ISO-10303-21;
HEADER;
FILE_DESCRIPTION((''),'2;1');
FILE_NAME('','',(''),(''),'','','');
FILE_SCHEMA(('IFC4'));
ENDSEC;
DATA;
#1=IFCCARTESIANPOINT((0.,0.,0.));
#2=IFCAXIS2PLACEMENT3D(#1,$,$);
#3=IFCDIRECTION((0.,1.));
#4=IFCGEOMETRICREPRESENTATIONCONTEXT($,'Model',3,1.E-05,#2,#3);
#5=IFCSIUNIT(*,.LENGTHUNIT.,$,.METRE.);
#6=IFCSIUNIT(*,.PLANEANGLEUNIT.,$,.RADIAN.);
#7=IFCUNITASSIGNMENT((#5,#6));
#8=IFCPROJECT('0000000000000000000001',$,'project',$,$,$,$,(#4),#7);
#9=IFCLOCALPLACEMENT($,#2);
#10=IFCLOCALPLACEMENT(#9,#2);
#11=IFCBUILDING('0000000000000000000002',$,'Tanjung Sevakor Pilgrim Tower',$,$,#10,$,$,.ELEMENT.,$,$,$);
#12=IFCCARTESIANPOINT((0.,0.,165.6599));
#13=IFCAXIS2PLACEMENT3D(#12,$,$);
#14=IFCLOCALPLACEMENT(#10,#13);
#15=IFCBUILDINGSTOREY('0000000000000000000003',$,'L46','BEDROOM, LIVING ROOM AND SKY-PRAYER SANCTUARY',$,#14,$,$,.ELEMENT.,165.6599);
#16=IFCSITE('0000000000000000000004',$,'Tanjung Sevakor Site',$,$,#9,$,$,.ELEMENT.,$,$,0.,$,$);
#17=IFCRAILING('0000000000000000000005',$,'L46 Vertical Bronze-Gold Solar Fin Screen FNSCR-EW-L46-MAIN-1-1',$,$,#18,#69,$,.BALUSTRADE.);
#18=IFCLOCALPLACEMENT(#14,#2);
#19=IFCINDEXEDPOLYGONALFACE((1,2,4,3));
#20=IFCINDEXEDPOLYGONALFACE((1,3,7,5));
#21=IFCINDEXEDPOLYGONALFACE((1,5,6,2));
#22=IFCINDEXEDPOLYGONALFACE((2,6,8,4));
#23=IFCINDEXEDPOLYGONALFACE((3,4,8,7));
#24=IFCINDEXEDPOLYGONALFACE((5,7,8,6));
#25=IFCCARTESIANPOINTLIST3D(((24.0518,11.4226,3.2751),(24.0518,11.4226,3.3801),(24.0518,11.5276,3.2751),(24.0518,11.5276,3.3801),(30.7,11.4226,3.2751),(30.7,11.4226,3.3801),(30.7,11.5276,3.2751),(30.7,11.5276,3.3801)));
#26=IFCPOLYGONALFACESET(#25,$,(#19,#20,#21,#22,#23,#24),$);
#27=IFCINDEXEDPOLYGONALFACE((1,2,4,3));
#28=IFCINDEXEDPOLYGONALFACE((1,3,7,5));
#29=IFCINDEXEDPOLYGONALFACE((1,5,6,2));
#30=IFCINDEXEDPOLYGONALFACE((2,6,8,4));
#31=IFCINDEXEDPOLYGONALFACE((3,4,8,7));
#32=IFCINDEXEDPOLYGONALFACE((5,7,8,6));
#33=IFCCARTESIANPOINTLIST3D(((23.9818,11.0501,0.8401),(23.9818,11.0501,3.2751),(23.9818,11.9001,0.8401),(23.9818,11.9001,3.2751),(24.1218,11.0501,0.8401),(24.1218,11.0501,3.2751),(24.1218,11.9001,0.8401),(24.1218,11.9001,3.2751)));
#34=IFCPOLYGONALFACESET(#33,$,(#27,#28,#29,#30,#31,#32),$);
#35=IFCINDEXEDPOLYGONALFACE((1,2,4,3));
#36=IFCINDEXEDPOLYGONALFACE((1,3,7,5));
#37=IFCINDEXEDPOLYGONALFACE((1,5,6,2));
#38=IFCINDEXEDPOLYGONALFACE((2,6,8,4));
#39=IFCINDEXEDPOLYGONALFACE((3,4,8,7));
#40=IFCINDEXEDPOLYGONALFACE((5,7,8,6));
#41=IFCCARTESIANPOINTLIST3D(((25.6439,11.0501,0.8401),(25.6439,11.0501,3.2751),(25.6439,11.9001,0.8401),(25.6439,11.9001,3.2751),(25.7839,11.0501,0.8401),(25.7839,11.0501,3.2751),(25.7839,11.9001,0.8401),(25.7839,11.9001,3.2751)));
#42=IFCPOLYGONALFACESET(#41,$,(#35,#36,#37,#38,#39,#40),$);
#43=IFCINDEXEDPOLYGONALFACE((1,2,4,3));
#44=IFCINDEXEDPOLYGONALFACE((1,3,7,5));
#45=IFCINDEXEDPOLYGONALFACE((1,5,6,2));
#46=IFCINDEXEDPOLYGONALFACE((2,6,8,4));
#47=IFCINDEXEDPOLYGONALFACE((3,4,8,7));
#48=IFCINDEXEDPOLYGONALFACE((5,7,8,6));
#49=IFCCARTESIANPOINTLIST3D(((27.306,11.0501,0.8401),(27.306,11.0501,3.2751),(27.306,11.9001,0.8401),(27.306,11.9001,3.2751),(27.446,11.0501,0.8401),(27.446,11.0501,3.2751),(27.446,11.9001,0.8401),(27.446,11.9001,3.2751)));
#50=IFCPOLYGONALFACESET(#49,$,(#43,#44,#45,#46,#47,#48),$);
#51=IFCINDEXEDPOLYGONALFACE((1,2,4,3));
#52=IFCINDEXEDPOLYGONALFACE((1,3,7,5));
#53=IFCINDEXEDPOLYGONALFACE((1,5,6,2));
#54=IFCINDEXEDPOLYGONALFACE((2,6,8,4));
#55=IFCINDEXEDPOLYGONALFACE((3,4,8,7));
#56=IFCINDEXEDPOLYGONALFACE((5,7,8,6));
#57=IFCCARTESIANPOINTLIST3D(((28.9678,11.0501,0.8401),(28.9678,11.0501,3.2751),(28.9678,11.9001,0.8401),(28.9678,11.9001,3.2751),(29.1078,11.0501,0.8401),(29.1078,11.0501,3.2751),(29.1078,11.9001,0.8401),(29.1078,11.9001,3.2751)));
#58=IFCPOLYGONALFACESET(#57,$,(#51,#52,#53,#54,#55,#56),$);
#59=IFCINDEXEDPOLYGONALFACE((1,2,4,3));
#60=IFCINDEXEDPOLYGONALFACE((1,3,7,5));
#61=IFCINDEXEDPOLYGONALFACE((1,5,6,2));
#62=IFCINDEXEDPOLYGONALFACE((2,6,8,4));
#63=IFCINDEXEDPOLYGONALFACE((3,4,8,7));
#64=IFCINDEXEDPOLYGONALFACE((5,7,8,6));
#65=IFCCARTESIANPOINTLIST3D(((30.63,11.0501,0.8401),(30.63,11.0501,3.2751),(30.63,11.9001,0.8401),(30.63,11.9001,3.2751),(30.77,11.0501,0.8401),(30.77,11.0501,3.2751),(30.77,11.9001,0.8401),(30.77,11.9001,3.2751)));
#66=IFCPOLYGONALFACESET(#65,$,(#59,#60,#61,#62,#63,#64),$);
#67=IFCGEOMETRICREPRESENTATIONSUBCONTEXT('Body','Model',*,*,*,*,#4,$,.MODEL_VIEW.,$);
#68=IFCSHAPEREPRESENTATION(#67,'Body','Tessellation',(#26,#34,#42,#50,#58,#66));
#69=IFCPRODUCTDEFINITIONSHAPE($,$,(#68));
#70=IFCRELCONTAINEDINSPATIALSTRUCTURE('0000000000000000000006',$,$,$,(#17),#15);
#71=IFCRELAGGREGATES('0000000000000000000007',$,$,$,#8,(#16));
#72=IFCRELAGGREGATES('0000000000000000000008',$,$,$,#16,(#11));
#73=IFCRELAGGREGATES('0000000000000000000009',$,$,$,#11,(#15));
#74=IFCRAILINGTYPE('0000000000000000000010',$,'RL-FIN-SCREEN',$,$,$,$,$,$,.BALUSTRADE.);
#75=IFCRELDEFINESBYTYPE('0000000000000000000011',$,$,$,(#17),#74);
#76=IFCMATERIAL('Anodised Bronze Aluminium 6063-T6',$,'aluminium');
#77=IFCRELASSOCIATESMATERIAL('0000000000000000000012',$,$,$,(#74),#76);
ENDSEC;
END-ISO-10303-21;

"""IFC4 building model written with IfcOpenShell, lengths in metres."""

from ifc_helpers import new_model, si_unit, direction, frame, origin, place, context, subcontext, project, spatial, rectangle, extrude, material, type_object, element, save


model = new_model("IFC4")

# Units and contexts
model_context = context("Model", 3, precision=1e-05, world=origin(), true_north=direction((0.0, 1.0)))
body_context = subcontext(model_context, "Body", "Model", "MODEL_VIEW")
ifc_project = project(units=[si_unit("LENGTHUNIT", "METRE"), si_unit("PLANEANGLEUNIT", "RADIAN")], contexts=[model_context])

# Site, building, storey
site_placement = place(None, origin())
site = spatial("IfcSite", under=ifc_project, at=site_placement, Name="Tanjung Sevakor Site", CompositionType="ELEMENT", RefElevation=0.0)
building_placement = place(site_placement, origin())
building = spatial("IfcBuilding", under=site, at=building_placement, Name="Tanjung Sevakor Pilgrim Tower", CompositionType="ELEMENT")
storey_placement = place(building_placement, frame((0.0, 0.0, 165.6599)))
storey = spatial("IfcBuildingStorey", under=building, at=storey_placement, Name="L46", Description="BEDROOM, LIVING ROOM AND SKY-PRAYER SANCTUARY", CompositionType="ELEMENT", Elevation=165.6599)

# Railing
ifc_material_1 = material(Name="Anodised Bronze Aluminium 6063-T6", Category="aluminium")
railing_type = type_object("IfcRailingType", Name="RL-FIN-SCREEN", PredefinedType="BALUSTRADE", material=ifc_material_1)
railing_placement = place(storey_placement, frame((24.0518, 11.4751, 0.8401)))
element("IfcRailing", 1, at=railing_placement, inside=storey, type_object=railing_type, Name="L46 Vertical Bronze-Gold Solar Fin Screen FNSCR-EW-L46-MAIN-1-1", PredefinedType="BALUSTRADE", context=body_context, shape_type="SweptSolid", body=[
    extrude(rectangle(XDim=0.105, YDim=0.105), frame((0.0, 0.0, 2.4875), z_axis=(1.0, 0.0, 0.0), x_axis=(0.0, 1.0, 0.0)), (0.0, 0.0, 1.0), 6.6482),
    extrude(rectangle(XDim=0.14, YDim=0.85), origin(), (0.0, 0.0, 1.0), 2.4351),
    extrude(rectangle(XDim=0.14, YDim=0.85), frame((1.6621, 0.0, 0.0)), (0.0, 0.0, 1.0), 2.4351),
    extrude(rectangle(XDim=0.14, YDim=0.85), frame((3.3242, 0.0, 0.0)), (0.0, 0.0, 1.0), 2.4351),
    extrude(rectangle(XDim=0.14, YDim=0.85), frame((4.9861, 0.0, 0.0)), (0.0, 0.0, 1.0), 2.4351),
    extrude(rectangle(XDim=0.14, YDim=0.85), frame((6.6482, 0.0, 0.0)), (0.0, 0.0, 1.0), 2.4351),
])

save(model, "model.ifc")
